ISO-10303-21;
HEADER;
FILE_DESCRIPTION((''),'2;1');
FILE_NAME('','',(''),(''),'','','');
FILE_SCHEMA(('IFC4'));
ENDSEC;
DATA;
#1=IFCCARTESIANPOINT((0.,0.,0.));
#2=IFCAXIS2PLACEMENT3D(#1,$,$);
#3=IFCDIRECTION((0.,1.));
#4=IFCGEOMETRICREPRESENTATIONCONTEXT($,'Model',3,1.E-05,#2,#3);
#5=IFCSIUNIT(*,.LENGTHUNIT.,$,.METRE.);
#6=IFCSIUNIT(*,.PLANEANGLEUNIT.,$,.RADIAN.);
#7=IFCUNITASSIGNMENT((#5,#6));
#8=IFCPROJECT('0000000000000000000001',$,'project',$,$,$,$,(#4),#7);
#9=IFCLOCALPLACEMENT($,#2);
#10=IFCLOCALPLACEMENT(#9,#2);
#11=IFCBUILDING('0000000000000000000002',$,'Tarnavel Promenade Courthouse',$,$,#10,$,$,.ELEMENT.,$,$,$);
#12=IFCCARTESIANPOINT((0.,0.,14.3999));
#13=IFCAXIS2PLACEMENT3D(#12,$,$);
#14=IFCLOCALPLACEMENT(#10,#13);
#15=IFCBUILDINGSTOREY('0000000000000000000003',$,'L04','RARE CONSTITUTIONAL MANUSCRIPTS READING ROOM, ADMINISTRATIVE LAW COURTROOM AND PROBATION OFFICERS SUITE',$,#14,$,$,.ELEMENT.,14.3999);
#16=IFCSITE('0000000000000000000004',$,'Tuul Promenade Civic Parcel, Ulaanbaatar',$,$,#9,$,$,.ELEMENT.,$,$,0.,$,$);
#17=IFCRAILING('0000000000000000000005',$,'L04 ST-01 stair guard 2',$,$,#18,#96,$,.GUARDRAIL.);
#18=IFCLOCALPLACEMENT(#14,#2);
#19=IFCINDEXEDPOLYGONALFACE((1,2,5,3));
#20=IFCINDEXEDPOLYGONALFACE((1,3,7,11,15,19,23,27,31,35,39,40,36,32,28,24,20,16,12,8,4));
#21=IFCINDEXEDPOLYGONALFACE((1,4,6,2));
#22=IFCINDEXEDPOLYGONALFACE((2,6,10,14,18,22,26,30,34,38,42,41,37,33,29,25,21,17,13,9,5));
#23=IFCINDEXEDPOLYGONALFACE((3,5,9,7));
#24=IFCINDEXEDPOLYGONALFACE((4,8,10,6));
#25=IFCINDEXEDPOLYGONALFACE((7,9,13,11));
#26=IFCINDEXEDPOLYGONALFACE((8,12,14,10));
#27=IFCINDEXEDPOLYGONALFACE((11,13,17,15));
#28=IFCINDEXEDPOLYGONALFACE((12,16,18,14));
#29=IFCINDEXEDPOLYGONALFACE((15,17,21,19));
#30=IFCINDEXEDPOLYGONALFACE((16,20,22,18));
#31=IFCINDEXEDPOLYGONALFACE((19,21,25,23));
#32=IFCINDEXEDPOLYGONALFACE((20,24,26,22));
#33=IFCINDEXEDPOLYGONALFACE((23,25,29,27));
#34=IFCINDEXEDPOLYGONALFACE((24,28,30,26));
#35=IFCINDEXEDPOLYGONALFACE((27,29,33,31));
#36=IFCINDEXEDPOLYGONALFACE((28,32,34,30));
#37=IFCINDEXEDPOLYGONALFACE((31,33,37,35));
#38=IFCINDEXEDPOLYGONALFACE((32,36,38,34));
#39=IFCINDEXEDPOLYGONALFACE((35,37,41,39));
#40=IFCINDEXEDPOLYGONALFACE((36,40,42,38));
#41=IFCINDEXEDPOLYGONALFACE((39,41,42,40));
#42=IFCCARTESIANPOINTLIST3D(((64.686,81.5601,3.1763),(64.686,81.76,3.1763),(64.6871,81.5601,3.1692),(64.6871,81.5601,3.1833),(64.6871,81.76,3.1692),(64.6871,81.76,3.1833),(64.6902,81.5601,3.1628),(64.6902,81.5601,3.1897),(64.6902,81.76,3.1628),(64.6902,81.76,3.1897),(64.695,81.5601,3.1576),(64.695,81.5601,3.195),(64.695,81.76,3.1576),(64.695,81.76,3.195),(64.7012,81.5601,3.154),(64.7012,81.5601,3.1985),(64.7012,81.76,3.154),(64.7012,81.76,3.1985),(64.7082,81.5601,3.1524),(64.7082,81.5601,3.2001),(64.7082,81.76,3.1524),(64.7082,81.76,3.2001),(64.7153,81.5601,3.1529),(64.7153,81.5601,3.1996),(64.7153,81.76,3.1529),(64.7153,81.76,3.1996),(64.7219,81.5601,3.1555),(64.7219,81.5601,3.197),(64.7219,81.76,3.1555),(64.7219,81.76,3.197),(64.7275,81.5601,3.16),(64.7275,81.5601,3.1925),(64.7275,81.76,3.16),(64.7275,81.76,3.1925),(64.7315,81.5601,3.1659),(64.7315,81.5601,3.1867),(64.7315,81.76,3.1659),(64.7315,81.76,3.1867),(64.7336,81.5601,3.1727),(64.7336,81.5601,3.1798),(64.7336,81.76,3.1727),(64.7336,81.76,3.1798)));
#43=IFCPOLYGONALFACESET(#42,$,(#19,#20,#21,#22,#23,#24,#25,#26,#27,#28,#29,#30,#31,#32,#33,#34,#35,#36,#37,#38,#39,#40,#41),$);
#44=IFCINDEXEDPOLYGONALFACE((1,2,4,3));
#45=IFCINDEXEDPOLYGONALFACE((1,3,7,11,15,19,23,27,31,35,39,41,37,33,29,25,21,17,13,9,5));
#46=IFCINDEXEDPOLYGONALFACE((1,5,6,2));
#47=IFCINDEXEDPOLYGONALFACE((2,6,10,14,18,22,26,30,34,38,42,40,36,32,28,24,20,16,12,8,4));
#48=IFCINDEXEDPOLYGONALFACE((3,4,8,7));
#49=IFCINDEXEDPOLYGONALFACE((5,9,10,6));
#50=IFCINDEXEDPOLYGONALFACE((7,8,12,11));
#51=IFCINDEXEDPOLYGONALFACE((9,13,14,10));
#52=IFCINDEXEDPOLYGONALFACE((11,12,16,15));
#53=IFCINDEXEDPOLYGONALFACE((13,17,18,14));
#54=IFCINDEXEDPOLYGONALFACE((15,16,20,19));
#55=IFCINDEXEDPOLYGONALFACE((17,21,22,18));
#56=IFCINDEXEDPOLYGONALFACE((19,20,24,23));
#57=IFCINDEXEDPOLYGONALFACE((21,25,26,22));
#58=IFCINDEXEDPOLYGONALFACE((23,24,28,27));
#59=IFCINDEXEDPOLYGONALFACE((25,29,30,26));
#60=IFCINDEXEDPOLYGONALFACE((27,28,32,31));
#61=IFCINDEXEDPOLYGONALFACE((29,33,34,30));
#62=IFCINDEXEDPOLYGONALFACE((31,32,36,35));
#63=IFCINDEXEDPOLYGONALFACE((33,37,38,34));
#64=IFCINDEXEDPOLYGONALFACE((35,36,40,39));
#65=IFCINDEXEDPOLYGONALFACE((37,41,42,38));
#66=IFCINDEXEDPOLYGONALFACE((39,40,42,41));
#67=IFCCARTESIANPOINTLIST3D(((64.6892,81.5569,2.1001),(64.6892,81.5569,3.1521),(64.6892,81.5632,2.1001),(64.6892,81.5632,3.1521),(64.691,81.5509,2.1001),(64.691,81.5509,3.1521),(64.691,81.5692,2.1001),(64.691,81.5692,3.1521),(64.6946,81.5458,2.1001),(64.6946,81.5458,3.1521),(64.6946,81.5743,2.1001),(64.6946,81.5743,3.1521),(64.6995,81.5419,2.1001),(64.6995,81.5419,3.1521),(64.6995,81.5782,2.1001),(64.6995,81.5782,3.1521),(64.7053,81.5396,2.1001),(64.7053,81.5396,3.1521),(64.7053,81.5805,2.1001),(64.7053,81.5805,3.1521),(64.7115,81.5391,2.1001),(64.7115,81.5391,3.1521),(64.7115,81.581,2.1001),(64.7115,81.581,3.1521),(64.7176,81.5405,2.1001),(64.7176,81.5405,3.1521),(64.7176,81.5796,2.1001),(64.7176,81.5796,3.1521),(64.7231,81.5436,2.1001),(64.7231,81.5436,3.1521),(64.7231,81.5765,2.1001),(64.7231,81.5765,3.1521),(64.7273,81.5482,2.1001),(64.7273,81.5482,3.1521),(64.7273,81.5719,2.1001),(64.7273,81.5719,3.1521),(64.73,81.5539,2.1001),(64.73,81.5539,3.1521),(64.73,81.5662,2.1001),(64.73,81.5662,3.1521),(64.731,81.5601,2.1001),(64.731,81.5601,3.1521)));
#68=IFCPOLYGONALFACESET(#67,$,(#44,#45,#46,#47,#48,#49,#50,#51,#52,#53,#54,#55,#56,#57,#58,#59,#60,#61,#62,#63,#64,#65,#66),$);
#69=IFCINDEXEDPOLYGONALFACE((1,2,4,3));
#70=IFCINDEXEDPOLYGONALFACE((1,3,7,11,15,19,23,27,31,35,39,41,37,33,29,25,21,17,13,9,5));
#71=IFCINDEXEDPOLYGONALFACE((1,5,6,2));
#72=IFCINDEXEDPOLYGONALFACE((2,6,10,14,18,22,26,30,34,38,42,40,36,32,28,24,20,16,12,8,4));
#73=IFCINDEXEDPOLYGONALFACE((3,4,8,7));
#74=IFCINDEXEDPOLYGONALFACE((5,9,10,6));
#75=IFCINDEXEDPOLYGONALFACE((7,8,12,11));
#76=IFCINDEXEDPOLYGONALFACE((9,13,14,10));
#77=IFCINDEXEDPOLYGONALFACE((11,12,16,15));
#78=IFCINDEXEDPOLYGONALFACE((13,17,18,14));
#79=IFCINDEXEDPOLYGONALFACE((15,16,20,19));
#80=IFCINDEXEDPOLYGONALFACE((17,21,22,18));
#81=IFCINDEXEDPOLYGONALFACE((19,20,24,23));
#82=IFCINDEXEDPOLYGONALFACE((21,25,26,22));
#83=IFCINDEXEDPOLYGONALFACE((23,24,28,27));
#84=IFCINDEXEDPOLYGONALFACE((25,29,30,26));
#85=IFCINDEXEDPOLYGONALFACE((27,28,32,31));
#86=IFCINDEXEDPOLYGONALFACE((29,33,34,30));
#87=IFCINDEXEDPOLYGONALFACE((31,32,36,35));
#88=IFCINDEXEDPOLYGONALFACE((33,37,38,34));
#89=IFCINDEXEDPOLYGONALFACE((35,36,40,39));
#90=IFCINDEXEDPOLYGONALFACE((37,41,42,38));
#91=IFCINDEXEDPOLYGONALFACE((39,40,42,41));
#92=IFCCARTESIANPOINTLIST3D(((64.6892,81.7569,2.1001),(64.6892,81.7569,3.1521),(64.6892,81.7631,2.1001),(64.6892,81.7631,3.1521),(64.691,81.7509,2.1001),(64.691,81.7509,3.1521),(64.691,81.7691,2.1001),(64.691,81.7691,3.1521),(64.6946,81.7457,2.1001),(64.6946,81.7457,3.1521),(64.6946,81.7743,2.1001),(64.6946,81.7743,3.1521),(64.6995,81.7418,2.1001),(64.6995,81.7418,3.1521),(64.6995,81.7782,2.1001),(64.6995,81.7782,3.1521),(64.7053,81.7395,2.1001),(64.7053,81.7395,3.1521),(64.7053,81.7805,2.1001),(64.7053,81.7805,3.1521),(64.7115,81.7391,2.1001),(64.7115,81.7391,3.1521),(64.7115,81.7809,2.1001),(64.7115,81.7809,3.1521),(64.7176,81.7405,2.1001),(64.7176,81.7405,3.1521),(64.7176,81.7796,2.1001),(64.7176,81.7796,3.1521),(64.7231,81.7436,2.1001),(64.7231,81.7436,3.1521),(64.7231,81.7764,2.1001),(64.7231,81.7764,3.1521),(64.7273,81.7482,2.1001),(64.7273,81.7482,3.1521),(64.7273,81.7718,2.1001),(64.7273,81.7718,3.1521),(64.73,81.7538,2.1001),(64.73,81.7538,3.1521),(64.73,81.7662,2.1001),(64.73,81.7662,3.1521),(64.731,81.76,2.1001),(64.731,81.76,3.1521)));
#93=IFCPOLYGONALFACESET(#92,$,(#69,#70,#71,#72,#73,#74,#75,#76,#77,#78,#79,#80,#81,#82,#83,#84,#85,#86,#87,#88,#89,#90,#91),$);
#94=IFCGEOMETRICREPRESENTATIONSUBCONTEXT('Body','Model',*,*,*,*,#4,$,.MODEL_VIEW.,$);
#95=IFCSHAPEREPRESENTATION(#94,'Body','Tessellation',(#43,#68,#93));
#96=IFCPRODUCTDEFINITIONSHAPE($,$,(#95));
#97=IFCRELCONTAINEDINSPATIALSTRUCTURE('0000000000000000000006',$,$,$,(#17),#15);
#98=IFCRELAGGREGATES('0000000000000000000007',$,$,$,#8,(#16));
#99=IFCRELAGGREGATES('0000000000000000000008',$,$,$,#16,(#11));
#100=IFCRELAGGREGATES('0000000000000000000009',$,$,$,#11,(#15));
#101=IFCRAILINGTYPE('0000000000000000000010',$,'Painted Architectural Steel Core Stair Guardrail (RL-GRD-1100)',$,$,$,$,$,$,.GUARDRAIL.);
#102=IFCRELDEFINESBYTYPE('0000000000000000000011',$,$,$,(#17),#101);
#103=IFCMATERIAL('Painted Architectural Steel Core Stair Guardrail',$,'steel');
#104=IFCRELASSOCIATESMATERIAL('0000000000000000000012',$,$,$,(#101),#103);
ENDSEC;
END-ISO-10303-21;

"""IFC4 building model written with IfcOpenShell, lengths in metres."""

from ifc_helpers import new_model, si_unit, direction, frame, origin, origin_2d, place, context, subcontext, project, spatial, circle, extrude, material, type_object, element, save


model = new_model("IFC4")

# Units and contexts
model_context = context("Model", 3, precision=1e-05, world=origin(), true_north=direction((0.0, 1.0)))
body_context = subcontext(model_context, "Body", "Model", "MODEL_VIEW")
ifc_project = project(units=[si_unit("LENGTHUNIT", "METRE"), si_unit("PLANEANGLEUNIT", "RADIAN")], contexts=[model_context])

# Site, building, storey
site_placement = place(None, origin())
site = spatial("IfcSite", under=ifc_project, at=site_placement, Name="Tuul Promenade Civic Parcel, Ulaanbaatar", CompositionType="ELEMENT", RefElevation=0.0)
building_placement = place(site_placement, origin())
building = spatial("IfcBuilding", under=site, at=building_placement, Name="Tarnavel Promenade Courthouse", CompositionType="ELEMENT")
storey_placement = place(building_placement, frame((0.0, 0.0, 14.3999)))
storey = spatial("IfcBuildingStorey", under=building, at=storey_placement, Name="L04", Description="RARE CONSTITUTIONAL MANUSCRIPTS READING ROOM, ADMINISTRATIVE LAW COURTROOM AND PROBATION OFFICERS SUITE", CompositionType="ELEMENT", Elevation=14.3999)

# Railing
ifc_material_1 = material(Name="Painted Architectural Steel Core Stair Guardrail", Category="steel")
railing_type_1 = type_object("IfcRailingType", Name="Painted Architectural Steel Core Stair Guardrail (RL-GRD-1100)", PredefinedType="GUARDRAIL", material=ifc_material_1)
railing_1_placement = place(storey_placement, frame((64.71, 81.5601, 2.1001)))
element("IfcRailing", 1, at=railing_1_placement, inside=storey, type_object=railing_type_1, Name="L04 ST-01 stair guard 2", PredefinedType="GUARDRAIL", context=body_context, shape_type="SweptSolid", body=[
    extrude(circle(Radius=0.0239, at=origin_2d()), frame((0.0, 0.0, 1.0762), z_axis=(0.0, 1.0, 0.0), x_axis=(-1.0, 0.0, 0.0)), (0.0, 0.0, 1.0), 0.2),
    extrude(circle(Radius=0.021, at=origin_2d()), origin(), (0.0, 0.0, 1.0), 1.052),
    extrude(circle(Radius=0.021, at=origin_2d()), frame((0.0, 0.2, 0.0)), (0.0, 0.0, 1.0), 1.052),
])

save(model, "model.ifc")
